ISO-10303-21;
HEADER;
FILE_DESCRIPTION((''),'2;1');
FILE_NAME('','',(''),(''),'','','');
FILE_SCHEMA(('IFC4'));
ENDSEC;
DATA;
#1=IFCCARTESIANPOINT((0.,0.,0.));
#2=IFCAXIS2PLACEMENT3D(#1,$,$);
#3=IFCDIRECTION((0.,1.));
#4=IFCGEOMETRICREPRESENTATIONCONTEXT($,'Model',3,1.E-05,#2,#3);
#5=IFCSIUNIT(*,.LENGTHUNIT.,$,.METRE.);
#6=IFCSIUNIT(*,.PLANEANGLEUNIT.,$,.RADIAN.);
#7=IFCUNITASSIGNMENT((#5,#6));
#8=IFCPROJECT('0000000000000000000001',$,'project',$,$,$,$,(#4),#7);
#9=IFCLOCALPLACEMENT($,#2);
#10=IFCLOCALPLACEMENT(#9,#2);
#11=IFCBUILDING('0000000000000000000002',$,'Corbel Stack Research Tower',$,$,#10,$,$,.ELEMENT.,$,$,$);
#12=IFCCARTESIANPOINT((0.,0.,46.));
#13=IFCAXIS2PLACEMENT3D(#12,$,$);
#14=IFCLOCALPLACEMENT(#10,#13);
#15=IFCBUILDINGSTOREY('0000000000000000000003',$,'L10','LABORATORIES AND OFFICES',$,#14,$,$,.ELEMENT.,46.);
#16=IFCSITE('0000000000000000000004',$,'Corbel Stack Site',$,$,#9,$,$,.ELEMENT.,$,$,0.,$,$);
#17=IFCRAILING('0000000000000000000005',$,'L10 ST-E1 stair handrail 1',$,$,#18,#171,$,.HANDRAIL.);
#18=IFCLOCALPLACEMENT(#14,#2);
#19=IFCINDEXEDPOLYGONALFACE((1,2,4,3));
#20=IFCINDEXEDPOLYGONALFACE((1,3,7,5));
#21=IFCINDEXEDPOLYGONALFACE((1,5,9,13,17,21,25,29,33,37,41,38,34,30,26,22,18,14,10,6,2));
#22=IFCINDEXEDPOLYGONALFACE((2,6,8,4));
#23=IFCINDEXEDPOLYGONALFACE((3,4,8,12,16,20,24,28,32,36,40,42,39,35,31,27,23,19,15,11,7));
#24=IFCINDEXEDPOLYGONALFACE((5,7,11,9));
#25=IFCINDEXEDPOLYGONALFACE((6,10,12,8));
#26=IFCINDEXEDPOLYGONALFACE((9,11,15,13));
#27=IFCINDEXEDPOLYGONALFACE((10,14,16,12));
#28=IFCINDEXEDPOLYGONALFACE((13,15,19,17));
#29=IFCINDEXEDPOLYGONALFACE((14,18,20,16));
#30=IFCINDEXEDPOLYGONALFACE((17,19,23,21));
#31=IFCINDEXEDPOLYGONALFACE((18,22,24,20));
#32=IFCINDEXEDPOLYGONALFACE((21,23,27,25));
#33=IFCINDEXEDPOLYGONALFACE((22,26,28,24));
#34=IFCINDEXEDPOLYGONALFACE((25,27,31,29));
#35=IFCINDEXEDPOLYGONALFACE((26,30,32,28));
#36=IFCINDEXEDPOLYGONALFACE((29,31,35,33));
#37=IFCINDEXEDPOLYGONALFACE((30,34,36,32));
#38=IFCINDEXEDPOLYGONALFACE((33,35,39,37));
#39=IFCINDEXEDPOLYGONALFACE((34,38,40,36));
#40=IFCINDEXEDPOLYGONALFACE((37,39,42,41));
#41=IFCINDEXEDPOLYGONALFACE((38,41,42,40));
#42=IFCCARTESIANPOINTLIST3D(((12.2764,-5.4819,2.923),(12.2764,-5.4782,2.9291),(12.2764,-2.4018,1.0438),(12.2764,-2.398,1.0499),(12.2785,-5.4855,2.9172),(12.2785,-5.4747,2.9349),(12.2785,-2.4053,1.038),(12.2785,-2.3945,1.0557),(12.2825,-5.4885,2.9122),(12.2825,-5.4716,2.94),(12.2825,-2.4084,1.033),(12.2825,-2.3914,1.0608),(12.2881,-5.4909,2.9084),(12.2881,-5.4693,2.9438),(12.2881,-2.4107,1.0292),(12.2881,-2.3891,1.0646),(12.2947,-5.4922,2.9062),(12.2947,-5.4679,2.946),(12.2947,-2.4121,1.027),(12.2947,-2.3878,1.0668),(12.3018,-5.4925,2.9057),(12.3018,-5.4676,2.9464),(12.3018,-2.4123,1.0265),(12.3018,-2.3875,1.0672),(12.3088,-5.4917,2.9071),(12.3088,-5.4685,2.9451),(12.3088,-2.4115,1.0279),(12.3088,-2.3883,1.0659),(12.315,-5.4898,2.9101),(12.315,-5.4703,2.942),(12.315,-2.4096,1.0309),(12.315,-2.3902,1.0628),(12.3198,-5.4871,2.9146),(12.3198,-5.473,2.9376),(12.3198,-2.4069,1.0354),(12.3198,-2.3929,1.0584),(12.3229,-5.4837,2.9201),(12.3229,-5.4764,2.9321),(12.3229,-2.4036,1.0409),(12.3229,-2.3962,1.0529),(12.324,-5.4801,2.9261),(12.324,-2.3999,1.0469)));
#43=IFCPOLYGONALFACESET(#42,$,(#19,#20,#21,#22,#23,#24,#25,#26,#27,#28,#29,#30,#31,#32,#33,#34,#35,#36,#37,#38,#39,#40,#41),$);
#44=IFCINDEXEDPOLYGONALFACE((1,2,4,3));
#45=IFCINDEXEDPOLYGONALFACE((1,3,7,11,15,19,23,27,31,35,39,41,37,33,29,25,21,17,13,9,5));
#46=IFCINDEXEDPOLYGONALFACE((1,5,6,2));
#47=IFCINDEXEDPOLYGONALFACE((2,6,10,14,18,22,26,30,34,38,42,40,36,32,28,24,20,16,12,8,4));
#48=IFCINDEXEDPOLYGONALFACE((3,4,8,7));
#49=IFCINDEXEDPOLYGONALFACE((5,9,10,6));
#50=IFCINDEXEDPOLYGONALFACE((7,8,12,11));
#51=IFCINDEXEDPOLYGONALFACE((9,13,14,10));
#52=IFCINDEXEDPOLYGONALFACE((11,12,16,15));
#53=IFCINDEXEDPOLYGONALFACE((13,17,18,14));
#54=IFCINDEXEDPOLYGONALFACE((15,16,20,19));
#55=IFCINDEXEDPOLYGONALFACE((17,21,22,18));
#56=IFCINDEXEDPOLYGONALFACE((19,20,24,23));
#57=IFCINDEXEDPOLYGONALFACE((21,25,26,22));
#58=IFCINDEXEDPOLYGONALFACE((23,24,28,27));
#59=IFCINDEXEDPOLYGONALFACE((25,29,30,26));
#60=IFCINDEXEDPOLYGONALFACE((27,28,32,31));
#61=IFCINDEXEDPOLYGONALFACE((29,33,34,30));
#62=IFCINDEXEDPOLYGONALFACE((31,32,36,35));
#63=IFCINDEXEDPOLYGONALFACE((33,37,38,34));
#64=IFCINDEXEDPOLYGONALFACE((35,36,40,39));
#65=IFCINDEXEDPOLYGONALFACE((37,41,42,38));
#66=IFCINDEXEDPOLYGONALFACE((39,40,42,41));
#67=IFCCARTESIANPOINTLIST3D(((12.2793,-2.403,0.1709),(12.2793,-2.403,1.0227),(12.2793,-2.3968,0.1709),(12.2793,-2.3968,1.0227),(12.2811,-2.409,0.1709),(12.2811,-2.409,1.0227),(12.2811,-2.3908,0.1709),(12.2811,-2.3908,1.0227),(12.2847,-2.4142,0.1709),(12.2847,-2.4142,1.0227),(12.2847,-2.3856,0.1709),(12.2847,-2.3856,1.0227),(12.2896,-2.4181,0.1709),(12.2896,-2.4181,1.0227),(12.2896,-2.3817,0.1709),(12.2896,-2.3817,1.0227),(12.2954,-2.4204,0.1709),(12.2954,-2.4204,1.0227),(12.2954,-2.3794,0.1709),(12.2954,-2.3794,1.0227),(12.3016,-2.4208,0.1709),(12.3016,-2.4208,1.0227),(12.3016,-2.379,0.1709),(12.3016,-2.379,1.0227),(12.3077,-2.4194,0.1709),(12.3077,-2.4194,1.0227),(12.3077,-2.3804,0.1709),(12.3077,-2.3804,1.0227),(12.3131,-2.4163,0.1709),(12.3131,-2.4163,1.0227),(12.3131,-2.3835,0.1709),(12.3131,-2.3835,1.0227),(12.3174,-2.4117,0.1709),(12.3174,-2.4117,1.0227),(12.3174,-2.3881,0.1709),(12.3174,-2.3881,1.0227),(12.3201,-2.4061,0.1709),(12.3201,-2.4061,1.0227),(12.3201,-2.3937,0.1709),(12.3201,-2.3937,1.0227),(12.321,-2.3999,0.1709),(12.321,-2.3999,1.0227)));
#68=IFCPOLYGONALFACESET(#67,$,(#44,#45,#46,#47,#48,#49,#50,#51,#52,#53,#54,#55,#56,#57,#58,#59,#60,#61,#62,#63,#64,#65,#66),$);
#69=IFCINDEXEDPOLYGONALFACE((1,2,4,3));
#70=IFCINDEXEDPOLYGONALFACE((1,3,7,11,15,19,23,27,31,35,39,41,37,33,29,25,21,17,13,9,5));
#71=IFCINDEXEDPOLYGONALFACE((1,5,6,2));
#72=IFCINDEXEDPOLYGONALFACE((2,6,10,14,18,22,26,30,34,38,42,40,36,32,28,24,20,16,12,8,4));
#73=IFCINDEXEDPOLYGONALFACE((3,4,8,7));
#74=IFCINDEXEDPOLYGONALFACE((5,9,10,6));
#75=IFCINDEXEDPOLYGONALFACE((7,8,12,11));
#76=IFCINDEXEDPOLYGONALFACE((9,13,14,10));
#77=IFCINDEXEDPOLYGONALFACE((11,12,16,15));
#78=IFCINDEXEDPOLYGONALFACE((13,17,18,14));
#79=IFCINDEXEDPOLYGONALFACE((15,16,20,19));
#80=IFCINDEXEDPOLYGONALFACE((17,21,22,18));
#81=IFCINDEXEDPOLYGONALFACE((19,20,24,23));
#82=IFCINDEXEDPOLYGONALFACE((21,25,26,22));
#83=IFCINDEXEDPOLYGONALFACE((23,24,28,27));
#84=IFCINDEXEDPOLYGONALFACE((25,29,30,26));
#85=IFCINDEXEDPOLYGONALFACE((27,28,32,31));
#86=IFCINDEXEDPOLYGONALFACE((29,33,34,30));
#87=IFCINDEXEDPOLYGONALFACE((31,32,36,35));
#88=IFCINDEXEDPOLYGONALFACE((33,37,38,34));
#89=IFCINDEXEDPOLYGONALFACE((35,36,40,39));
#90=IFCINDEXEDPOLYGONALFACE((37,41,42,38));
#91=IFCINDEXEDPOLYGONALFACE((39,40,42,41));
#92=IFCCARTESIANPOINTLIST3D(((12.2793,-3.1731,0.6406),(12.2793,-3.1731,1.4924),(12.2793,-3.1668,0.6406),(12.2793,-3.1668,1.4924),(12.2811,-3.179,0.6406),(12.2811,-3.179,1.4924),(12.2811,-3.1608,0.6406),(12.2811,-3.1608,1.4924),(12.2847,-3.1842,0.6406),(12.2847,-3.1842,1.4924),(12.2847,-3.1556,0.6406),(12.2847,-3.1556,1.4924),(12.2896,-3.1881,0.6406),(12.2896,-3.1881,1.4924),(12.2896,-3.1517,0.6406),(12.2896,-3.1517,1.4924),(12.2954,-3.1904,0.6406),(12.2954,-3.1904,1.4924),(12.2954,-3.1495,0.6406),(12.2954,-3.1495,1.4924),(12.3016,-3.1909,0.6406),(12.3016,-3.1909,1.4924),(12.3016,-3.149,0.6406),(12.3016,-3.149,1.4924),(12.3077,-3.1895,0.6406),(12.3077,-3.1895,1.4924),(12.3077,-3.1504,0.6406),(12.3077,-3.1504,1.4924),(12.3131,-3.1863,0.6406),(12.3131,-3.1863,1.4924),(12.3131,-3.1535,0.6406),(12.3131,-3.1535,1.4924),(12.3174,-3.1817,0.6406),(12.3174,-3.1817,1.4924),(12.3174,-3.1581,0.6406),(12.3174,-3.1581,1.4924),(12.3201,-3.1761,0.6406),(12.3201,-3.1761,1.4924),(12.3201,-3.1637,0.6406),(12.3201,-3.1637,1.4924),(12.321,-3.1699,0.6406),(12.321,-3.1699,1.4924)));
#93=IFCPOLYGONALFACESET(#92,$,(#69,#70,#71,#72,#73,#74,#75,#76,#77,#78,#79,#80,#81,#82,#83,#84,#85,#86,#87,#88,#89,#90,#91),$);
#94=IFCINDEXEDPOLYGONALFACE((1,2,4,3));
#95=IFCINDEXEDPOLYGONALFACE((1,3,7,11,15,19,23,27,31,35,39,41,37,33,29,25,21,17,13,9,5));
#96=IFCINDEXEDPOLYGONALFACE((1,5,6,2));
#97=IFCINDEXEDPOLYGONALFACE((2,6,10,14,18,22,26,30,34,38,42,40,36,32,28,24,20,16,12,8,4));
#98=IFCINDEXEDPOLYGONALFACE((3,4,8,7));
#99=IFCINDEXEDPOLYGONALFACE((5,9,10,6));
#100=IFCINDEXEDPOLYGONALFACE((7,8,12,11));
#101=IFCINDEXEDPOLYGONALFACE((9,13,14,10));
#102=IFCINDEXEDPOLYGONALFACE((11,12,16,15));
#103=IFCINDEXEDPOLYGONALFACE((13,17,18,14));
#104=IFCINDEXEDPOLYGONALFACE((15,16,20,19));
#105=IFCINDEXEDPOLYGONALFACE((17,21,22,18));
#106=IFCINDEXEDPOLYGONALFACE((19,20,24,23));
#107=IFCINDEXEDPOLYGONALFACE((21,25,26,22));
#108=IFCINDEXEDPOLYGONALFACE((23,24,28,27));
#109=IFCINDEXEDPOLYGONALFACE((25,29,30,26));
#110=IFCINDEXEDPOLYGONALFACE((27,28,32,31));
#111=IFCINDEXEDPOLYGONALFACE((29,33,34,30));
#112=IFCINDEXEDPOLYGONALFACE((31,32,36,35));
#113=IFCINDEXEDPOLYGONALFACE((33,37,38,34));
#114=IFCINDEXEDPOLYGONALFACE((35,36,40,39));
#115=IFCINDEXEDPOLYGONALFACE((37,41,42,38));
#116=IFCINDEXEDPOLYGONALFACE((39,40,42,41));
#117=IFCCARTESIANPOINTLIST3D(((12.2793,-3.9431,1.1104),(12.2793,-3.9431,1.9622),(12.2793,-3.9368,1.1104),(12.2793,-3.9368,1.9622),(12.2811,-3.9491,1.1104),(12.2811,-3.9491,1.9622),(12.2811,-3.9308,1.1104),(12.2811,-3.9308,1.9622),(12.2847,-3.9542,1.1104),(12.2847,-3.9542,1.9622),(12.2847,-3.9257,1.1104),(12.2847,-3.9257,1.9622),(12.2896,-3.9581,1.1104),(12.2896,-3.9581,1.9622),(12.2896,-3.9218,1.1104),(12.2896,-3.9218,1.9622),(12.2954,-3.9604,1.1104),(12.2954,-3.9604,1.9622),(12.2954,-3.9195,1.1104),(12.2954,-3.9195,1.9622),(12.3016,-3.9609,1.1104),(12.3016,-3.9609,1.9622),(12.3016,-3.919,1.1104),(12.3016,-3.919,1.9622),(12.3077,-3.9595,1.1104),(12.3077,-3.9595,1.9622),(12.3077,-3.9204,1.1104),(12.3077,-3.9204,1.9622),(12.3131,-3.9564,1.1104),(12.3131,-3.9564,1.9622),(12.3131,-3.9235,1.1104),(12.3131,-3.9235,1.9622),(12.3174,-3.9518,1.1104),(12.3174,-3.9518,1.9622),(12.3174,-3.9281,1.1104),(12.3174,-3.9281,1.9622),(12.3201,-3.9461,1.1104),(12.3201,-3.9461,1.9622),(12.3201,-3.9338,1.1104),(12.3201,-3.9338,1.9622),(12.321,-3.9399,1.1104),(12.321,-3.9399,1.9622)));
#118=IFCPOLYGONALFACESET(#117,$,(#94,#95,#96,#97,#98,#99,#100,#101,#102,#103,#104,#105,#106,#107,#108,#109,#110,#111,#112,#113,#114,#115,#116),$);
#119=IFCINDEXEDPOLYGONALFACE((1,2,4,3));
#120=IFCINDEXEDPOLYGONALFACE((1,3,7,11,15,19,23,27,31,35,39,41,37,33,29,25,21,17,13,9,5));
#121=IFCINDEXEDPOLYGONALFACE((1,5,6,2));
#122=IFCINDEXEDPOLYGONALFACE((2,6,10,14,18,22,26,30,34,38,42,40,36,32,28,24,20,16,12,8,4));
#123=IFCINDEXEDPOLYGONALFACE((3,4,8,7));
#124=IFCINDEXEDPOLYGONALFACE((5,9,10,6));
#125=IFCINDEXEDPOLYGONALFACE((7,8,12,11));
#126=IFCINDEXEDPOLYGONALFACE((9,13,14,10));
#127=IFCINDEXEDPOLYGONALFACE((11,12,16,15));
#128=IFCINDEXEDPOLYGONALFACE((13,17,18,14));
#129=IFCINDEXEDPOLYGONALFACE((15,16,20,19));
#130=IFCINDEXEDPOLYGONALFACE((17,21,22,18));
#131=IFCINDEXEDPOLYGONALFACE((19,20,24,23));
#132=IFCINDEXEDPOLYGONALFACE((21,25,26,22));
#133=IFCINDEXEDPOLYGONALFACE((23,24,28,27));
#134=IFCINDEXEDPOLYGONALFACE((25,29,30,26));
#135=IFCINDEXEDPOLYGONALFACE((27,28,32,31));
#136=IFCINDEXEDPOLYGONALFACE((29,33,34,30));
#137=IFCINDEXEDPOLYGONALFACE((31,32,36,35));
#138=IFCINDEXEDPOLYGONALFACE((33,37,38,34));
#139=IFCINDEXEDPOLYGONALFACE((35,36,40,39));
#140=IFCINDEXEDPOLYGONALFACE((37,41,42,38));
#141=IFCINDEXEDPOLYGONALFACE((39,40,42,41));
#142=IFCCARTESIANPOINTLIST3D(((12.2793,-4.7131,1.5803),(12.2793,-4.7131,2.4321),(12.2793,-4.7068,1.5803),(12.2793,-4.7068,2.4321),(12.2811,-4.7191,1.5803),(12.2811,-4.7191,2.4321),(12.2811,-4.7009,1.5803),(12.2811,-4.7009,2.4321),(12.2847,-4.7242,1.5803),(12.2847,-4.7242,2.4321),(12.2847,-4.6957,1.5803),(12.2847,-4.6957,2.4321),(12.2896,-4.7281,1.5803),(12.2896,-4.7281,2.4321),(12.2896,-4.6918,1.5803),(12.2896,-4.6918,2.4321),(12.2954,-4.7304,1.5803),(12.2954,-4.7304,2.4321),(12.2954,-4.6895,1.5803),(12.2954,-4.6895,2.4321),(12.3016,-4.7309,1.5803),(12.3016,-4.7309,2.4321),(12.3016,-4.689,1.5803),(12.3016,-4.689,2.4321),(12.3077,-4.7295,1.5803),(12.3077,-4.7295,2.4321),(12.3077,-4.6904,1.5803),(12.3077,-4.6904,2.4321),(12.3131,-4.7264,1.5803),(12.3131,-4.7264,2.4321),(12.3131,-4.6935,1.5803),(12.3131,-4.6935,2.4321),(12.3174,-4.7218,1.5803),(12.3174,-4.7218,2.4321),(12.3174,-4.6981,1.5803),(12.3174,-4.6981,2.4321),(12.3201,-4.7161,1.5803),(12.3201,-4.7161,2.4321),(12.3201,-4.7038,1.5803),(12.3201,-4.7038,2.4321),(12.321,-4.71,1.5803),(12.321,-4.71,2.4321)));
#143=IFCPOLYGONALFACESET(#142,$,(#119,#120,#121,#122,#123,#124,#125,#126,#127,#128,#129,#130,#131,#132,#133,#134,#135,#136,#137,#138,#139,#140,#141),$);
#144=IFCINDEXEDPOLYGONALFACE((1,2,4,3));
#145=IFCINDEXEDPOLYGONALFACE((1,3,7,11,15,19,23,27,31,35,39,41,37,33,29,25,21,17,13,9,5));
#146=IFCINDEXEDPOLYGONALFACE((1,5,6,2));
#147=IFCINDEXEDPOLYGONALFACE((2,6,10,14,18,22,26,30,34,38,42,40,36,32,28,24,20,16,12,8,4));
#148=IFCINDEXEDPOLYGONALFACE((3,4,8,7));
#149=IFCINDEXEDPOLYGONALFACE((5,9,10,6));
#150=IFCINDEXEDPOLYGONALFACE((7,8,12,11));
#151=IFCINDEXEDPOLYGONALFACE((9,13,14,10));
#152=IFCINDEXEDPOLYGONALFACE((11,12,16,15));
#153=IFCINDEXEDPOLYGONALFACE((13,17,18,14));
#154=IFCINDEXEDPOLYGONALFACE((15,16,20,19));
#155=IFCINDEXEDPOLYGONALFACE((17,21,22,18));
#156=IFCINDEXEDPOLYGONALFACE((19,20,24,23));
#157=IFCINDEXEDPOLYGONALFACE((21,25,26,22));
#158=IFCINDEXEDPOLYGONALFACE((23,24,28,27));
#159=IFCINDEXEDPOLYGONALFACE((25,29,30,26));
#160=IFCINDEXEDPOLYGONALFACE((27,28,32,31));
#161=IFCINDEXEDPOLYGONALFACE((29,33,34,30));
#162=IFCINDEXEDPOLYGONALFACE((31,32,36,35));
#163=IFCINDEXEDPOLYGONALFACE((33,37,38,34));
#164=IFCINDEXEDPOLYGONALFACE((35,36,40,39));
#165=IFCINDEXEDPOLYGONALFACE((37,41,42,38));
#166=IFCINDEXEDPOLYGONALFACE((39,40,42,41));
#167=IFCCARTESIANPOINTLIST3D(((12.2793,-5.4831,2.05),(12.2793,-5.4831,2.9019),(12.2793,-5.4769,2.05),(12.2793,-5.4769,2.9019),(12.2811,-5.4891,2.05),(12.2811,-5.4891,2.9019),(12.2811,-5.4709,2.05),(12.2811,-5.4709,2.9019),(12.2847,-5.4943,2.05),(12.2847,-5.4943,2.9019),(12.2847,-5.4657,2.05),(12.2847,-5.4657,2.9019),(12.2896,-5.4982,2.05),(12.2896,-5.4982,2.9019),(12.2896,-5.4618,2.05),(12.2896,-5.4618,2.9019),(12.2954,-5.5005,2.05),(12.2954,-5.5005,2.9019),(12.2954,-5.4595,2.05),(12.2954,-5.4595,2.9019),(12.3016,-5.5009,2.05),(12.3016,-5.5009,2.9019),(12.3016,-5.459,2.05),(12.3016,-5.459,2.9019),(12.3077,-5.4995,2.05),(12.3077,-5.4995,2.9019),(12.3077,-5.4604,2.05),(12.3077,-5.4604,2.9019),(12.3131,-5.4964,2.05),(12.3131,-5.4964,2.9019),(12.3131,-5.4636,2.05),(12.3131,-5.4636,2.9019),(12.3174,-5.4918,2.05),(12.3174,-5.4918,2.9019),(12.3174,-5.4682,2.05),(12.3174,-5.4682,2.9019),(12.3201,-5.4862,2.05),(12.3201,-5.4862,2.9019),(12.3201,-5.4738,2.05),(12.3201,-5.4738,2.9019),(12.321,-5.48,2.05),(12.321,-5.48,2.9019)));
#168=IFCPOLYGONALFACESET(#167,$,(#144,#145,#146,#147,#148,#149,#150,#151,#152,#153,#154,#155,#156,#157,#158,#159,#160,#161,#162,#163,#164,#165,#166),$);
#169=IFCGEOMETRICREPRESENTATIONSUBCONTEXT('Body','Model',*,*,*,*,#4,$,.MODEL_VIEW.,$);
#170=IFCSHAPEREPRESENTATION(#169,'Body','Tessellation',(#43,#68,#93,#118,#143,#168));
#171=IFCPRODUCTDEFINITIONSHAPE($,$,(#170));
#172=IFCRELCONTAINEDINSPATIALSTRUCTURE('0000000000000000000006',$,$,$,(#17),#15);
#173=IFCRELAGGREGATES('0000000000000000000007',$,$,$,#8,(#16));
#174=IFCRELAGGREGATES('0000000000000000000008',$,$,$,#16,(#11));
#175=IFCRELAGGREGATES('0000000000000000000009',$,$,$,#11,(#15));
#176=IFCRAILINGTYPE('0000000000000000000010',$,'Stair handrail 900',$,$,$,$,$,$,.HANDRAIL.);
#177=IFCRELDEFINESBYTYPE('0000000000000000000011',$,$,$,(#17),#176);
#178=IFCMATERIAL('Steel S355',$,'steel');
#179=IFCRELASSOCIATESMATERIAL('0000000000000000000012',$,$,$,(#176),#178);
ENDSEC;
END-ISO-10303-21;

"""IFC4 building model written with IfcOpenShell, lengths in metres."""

from ifc_helpers import new_model, si_unit, direction, frame, origin, origin_2d, place, context, subcontext, project, spatial, circle, extrude, material, type_object, element, save


model = new_model("IFC4")

# Units and contexts
model_context = context("Model", 3, precision=1e-05, world=origin(), true_north=direction((0.0, 1.0)))
body_context = subcontext(model_context, "Body", "Model", "MODEL_VIEW")
ifc_project = project(units=[si_unit("LENGTHUNIT", "METRE"), si_unit("PLANEANGLEUNIT", "RADIAN")], contexts=[model_context])

# Site, building, storey
site_placement = place(None, origin())
site = spatial("IfcSite", under=ifc_project, at=site_placement, Name="Corbel Stack Site", CompositionType="ELEMENT", RefElevation=0.0)
building_placement = place(site_placement, origin())
building = spatial("IfcBuilding", under=site, at=building_placement, Name="Corbel Stack Research Tower", CompositionType="ELEMENT")
storey_placement = place(building_placement, frame((0.0, 0.0, 46.0)))
storey = spatial("IfcBuildingStorey", under=building, at=storey_placement, Name="L10", Description="LABORATORIES AND OFFICES", CompositionType="ELEMENT", Elevation=46.0)

# Railing
ifc_material_1 = material(Name="Steel S355", Category="steel")
railing_type_1 = type_object("IfcRailingType", Name="Stair handrail 900", PredefinedType="HANDRAIL", material=ifc_material_1)
railing_1_placement = place(storey_placement, frame((12.3, -2.3999, 0.1709)))
element("IfcRailing", 1, at=railing_1_placement, inside=storey, type_object=railing_type_1, Name="L10 ST-E1 stair handrail 1", PredefinedType="HANDRAIL", context=body_context, shape_type="SweptSolid", body=[
    extrude(circle(Radius=0.0239, at=origin_2d()), frame((0.0, 0.0, 0.876), z_axis=(0.0, -0.853666, 0.52082), x_axis=(1.0, 0.0, 0.0)), (0.0, 0.0, 1.0), 3.6082),
    extrude(circle(Radius=0.021, at=origin_2d()), origin(), (0.0, 0.0, 1.0), 0.8518),
    extrude(circle(Radius=0.021, at=origin_2d()), frame((0.0, -0.77, 0.4697)), (0.0, 0.0, 1.0), 0.8518),
    extrude(circle(Radius=0.021, at=origin_2d()), frame((0.0, -1.54, 0.9395)), (0.0, 0.0, 1.0), 0.8518),
    extrude(circle(Radius=0.021, at=origin_2d()), frame((0.0, -2.3101, 1.4094)), (0.0, 0.0, 1.0), 0.8518),
    extrude(circle(Radius=0.021, at=origin_2d()), frame((0.0, -3.0801, 1.8792)), (0.0, 0.0, 1.0), 0.8518),
])

save(model, "model.ifc")
